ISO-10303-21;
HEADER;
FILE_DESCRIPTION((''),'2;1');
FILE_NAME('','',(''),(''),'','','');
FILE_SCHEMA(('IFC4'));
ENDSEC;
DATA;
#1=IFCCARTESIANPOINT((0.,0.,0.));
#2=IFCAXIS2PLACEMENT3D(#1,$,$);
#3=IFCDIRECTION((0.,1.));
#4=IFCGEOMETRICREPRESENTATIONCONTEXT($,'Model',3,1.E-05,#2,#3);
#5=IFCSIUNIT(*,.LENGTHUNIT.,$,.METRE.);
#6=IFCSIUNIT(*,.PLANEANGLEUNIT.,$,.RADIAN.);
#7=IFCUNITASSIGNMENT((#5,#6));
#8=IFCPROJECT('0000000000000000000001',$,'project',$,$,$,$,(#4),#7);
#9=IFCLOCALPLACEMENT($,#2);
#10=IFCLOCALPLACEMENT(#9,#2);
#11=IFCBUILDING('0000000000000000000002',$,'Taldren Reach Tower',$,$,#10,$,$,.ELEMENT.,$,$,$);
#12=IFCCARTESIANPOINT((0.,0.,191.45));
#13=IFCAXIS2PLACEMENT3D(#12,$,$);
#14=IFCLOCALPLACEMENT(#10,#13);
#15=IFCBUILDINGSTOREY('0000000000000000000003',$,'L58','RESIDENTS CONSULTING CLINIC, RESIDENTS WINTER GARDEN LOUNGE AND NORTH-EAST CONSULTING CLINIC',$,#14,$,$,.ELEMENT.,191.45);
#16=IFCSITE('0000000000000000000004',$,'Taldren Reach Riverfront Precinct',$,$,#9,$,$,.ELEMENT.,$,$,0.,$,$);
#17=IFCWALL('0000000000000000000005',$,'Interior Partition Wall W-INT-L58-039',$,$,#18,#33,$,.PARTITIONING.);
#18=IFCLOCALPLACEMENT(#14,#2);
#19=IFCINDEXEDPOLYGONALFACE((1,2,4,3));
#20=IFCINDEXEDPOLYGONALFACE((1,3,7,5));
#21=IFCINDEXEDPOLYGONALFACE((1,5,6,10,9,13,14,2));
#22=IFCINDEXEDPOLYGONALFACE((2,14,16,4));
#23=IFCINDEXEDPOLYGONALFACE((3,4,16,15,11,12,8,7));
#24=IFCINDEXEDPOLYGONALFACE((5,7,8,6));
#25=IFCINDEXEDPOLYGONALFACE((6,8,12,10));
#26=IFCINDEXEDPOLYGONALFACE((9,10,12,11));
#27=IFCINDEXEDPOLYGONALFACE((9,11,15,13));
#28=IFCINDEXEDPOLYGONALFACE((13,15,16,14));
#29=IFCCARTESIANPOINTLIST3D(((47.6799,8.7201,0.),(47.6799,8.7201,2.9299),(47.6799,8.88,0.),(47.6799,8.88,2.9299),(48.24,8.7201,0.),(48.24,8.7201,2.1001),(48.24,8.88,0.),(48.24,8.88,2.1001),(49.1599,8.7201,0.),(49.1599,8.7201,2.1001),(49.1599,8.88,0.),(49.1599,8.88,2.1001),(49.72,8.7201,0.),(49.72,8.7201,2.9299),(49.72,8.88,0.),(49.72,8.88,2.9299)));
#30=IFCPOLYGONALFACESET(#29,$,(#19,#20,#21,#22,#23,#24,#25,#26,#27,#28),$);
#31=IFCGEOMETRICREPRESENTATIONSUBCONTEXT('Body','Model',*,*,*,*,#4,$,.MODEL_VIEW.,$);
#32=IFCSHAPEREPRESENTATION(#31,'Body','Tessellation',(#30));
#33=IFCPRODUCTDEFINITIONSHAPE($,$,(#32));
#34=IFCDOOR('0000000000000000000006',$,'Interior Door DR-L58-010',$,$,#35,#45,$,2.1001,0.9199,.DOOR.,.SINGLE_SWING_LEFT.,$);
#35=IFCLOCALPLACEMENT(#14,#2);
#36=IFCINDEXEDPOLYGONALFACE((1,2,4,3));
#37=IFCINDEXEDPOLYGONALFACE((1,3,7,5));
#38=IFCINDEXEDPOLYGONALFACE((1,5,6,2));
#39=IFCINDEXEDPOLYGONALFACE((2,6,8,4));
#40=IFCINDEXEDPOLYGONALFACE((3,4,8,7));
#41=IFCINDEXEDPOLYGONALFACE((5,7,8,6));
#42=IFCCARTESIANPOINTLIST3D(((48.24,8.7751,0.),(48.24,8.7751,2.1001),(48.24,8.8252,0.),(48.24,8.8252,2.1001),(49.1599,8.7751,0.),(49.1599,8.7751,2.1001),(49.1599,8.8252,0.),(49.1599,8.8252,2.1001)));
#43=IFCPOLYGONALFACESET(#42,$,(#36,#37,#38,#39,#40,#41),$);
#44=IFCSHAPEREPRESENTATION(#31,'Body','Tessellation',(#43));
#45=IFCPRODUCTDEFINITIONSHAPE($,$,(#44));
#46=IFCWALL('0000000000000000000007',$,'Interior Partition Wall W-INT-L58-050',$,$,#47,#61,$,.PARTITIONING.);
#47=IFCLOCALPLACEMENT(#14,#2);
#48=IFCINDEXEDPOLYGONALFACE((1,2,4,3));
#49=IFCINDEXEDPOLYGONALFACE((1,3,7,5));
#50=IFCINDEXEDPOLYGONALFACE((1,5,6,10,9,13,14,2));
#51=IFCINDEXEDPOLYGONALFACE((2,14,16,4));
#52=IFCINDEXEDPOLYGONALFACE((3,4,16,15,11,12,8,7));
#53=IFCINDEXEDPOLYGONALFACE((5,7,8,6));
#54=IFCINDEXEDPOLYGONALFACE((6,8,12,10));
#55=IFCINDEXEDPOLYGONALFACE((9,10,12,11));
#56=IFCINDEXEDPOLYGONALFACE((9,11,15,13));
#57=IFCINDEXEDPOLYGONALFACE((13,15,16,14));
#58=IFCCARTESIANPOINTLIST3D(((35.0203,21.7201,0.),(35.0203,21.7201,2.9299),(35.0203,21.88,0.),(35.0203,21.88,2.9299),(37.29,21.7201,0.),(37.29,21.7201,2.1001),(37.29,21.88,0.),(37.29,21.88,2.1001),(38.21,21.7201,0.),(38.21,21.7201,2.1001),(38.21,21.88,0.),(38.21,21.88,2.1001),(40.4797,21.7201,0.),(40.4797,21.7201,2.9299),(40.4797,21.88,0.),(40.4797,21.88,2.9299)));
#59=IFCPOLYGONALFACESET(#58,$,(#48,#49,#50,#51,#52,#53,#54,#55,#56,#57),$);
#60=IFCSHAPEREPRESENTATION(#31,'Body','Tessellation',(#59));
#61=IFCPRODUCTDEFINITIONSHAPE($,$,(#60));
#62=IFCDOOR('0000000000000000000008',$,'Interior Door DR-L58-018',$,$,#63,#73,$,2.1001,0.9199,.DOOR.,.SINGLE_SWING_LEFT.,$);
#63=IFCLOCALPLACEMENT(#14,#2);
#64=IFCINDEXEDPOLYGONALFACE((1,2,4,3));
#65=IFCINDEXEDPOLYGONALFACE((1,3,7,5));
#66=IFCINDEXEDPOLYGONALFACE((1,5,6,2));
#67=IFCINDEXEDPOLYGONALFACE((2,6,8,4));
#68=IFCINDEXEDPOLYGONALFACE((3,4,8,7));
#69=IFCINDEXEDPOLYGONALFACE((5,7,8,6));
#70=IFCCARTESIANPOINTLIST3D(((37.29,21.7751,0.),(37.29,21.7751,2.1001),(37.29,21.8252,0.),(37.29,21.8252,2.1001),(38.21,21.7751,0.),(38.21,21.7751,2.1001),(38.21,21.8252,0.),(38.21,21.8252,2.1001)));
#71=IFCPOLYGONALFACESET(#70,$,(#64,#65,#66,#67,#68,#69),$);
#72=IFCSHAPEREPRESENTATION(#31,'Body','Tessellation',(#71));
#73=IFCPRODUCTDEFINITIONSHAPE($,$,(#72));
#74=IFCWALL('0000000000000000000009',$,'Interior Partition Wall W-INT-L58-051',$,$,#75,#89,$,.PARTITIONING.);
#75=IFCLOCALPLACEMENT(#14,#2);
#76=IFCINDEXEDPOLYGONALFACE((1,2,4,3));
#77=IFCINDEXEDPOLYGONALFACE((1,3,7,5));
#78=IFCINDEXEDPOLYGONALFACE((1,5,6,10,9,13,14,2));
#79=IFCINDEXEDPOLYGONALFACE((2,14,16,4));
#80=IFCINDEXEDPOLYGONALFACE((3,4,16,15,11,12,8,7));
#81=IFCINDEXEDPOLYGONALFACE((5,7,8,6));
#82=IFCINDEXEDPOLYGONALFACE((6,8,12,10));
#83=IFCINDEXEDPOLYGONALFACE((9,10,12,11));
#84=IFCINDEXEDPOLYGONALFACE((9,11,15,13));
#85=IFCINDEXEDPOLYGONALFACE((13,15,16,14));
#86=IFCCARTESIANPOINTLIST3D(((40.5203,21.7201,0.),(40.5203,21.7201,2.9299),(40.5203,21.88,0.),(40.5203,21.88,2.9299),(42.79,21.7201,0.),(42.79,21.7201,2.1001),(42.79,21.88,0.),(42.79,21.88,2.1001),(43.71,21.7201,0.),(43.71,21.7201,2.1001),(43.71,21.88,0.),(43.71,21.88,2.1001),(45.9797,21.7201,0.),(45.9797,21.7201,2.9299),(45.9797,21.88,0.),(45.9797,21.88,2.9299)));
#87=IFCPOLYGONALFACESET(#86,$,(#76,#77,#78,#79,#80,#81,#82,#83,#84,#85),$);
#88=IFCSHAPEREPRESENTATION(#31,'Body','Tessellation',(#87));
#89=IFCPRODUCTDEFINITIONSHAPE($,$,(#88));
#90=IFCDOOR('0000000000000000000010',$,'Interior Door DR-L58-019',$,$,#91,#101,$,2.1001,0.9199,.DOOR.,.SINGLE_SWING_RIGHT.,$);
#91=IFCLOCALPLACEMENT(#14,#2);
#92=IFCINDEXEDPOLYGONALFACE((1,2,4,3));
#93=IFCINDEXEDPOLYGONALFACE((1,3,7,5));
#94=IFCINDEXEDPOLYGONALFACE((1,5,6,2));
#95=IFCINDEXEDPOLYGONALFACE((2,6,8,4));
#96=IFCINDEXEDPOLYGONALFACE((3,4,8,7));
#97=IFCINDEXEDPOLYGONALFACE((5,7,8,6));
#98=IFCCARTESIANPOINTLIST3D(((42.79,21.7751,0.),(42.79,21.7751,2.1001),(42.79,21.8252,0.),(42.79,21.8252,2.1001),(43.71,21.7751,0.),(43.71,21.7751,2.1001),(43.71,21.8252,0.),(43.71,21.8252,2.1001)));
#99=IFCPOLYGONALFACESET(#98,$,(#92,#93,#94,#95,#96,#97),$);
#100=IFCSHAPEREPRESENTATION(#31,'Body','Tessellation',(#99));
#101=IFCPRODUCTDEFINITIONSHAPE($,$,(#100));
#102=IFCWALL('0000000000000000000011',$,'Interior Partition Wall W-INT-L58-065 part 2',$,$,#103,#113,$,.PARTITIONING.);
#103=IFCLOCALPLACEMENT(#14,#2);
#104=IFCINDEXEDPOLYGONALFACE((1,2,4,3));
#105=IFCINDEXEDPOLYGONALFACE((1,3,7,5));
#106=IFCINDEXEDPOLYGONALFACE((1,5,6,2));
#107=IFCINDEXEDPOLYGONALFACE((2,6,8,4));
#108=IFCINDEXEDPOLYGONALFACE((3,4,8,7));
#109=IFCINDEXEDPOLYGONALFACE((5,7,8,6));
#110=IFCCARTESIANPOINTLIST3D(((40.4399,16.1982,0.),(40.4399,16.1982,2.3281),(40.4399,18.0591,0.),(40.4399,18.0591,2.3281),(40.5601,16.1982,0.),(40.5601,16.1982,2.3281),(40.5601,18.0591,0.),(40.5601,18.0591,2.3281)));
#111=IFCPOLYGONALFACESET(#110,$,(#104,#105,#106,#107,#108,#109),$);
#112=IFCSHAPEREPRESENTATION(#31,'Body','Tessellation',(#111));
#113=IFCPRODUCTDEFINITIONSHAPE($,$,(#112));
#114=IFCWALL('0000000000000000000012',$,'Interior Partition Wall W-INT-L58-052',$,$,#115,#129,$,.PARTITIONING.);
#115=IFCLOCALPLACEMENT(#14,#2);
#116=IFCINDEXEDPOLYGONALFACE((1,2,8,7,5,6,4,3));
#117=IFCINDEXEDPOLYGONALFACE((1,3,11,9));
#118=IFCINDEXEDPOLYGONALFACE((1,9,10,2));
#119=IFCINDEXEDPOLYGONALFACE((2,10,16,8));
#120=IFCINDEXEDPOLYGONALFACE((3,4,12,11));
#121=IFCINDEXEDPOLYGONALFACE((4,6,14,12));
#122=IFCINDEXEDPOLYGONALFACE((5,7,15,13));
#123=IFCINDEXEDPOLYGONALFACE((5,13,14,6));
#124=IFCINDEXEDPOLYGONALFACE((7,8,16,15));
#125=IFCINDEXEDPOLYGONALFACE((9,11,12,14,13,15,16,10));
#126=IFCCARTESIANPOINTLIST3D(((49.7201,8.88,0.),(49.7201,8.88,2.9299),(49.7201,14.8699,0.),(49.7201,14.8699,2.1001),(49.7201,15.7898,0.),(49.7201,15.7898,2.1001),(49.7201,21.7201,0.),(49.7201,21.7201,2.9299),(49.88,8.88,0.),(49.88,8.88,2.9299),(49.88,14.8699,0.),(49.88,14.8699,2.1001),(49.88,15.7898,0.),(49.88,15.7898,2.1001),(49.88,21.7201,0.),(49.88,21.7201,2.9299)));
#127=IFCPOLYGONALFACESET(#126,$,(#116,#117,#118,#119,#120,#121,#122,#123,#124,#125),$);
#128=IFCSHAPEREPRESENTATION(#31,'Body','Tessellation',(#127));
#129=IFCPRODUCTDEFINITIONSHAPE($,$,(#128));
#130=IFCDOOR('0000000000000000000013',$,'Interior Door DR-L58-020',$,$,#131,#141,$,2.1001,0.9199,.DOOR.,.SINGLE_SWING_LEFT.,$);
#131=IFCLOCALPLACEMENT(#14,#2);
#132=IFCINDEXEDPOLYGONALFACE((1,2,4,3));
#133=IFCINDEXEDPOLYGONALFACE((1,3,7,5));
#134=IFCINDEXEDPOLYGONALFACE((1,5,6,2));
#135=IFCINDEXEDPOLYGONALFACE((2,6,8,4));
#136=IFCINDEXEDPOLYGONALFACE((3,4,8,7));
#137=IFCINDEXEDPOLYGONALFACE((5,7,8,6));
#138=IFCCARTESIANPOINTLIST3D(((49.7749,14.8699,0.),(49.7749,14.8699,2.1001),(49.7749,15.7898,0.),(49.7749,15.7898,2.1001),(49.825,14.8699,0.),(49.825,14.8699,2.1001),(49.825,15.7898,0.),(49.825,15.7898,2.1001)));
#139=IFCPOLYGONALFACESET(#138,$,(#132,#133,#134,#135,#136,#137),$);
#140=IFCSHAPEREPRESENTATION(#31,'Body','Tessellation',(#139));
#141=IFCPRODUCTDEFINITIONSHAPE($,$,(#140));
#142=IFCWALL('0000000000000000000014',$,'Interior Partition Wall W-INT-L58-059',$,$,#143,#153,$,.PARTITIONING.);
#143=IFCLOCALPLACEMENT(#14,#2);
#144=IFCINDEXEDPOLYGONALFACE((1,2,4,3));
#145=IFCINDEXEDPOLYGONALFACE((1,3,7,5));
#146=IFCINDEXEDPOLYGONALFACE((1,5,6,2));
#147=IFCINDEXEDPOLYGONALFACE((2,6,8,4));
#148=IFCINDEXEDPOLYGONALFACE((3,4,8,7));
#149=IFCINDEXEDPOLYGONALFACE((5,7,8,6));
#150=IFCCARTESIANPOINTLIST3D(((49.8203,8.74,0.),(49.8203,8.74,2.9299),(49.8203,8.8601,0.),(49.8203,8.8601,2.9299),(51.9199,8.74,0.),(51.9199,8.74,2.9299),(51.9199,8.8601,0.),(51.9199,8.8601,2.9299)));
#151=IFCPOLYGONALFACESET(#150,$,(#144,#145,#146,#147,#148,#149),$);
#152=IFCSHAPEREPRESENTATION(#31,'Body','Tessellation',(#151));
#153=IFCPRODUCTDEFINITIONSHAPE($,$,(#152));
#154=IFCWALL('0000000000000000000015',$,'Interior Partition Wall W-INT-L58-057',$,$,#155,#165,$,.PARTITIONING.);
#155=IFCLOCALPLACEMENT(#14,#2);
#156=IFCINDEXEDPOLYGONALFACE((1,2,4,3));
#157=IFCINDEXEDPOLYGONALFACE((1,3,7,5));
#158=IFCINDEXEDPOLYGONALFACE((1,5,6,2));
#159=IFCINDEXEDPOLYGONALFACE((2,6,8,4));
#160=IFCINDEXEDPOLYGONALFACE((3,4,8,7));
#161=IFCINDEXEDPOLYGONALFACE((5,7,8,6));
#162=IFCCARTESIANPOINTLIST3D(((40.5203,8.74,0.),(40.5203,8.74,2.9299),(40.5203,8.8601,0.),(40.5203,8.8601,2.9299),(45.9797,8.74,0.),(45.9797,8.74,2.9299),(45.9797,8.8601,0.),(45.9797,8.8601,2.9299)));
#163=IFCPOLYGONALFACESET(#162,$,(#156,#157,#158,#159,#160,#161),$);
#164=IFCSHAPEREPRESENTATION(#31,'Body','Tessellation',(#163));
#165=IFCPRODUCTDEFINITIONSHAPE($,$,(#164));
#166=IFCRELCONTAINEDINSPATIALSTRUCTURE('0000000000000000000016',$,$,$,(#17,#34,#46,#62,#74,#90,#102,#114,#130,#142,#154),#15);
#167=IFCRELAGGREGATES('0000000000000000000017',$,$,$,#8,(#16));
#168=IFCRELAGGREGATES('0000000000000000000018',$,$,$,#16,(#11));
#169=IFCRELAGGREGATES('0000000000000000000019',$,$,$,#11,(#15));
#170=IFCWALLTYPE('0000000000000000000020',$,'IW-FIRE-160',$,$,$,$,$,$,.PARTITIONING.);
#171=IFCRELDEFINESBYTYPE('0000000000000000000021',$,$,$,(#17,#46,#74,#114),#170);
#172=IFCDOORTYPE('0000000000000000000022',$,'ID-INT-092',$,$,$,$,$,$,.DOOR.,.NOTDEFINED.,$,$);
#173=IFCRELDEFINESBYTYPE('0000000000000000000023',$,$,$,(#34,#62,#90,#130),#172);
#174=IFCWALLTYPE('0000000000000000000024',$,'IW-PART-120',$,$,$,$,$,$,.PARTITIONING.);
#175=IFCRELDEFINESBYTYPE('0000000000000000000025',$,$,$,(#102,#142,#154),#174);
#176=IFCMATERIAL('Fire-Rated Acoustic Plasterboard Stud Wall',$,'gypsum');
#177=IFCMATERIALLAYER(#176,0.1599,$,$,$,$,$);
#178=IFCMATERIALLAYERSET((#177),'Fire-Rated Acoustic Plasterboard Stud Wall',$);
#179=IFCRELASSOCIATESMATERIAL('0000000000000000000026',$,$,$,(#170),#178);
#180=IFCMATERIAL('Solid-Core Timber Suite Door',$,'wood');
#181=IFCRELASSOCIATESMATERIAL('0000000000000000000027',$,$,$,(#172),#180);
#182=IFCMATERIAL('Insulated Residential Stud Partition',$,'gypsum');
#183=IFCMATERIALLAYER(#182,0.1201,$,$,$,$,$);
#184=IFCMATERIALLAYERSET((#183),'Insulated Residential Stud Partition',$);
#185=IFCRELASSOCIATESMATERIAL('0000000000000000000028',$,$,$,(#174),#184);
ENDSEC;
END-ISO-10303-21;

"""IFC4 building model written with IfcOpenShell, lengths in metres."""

from ifc_helpers import new_model, si_unit, direction, frame, frame_2d, origin, place, context, subcontext, project, spatial, rectangle, extrude, source, transform, mapped, material, layer, layer_set, type_object, element, fill, save


model = new_model("IFC4")

# Units and contexts
model_context = context("Model", 3, precision=1e-05, world=origin(), true_north=direction((0.0, 1.0)))
body_context = subcontext(model_context, "Body", "Model", "MODEL_VIEW")
ifc_project = project(units=[si_unit("LENGTHUNIT", "METRE"), si_unit("PLANEANGLEUNIT", "RADIAN")], contexts=[model_context])

# Site, building, storey
site_placement = place(None, origin())
site = spatial("IfcSite", under=ifc_project, at=site_placement, Name="Taldren Reach Riverfront Precinct", CompositionType="ELEMENT", RefElevation=0.0)
building_placement = place(site_placement, origin())
building = spatial("IfcBuilding", under=site, at=building_placement, Name="Taldren Reach Tower", CompositionType="ELEMENT")
storey_placement = place(building_placement, frame((0.0, 0.0, 191.45)))
storey = spatial("IfcBuildingStorey", under=building, at=storey_placement, Name="L58", Description="RESIDENTS CONSULTING CLINIC, RESIDENTS WINTER GARDEN LOUNGE AND NORTH-EAST CONSULTING CLINIC", CompositionType="ELEMENT", Elevation=191.45)

# Walls, openings, doors
ifc_material_1 = material(Name="Fire-Rated Acoustic Plasterboard Stud Wall", Category="gypsum")
ifc_layer_1 = layer(ifc_material_1, 0.1599)
ifc_layer_set_1 = layer_set([ifc_layer_1], Name="Fire-Rated Acoustic Plasterboard Stud Wall")
wall_type_1 = type_object("IfcWallType", Name="IW-FIRE-160", PredefinedType="PARTITIONING", material=ifc_layer_set_1)
shared_shape_1 = source(origin(), body_context, "Body", "SweptSolid", [
    extrude(rectangle(XDim=2.04, YDim=0.1599, at=frame_2d((1.02, 0.0))), origin(), (0.0, 0.0, 1.0), 2.9299),
])
wall_1_placement = place(storey_placement, frame((49.72, 8.8, 0.0), z_axis=(0.0, 0.0, 1.0), x_axis=(-1.0, 0.0, 0.0)))
wall_1 = element("IfcWall", 1, at=wall_1_placement, inside=storey, type_object=wall_type_1, Name="Interior Partition Wall W-INT-L58-039", PredefinedType="PARTITIONING", context=body_context, shape_type="MappedRepresentation", body=[
    mapped(shared_shape_1, transform((0.0, 0.0, 0.0), scale=1.0)),
])
shared_shape_2 = source(origin(), body_context, "Body", "SweptSolid", [
    extrude(rectangle(XDim=0.9199, YDim=2.1001, at=frame_2d((0.46, 1.05))), frame((0.0, 0.0898, 0.0), z_axis=(0.0, -1.0, 0.0), x_axis=(1.0, 0.0, 0.0)), (0.0, 0.0, 1.0), 0.1799),
])
opening_1_placement = place(wall_1_placement, frame((0.5601, 0.0, 0.0)))
opening_1 = element("IfcOpeningElement", 2, at=opening_1_placement, cuts=wall_1, PredefinedType="OPENING", context=body_context, shape_type="MappedRepresentation", body=[
    mapped(shared_shape_2, transform((0.0, 0.0, 0.0), scale=1.0)),
])
ifc_material_2 = material(Name="Solid-Core Timber Suite Door", Category="wood")
door_type = type_object("IfcDoorType", Name="ID-INT-092", OperationType="NOTDEFINED", PredefinedType="DOOR", material=ifc_material_2)
shared_shape_3 = source(origin(), body_context, "Body", "SweptSolid", [
    extrude(rectangle(XDim=0.9199, YDim=2.1001, at=frame_2d((0.46, 1.05))), frame((0.0, 0.0249, 0.0), z_axis=(0.0, -1.0, 0.0), x_axis=(1.0, 0.0, 0.0)), (0.0, 0.0, 1.0), 0.05),
])
door_1_placement = place(opening_1_placement, origin())
door_1 = element("IfcDoor", 3, at=door_1_placement, inside=storey, type_object=door_type, Name="Interior Door DR-L58-010", OperationType="SINGLE_SWING_LEFT", OverallHeight=2.1001, OverallWidth=0.9199, PredefinedType="DOOR", context=body_context, shape_type="MappedRepresentation", body=[
    mapped(shared_shape_3, transform((0.0, 0.0, 0.0), scale=1.0)),
])
fill(opening_1, door_1)
shared_shape_4 = source(origin(), body_context, "Body", "SweptSolid", [
    extrude(rectangle(XDim=5.4595, YDim=0.1599, at=frame_2d((2.7297, 0.0))), origin(), (0.0, 0.0, 1.0), 2.9299),
])
wall_2_placement = place(storey_placement, frame((40.4797, 21.8, 0.0), z_axis=(0.0, 0.0, 1.0), x_axis=(-1.0, 0.0, 0.0)))
wall_2 = element("IfcWall", 4, at=wall_2_placement, inside=storey, type_object=wall_type_1, Name="Interior Partition Wall W-INT-L58-050", PredefinedType="PARTITIONING", context=body_context, shape_type="MappedRepresentation", body=[
    mapped(shared_shape_4, transform((0.0, 0.0, 0.0), scale=1.0)),
])
opening_2_placement = place(wall_2_placement, frame((2.2698, 0.0, 0.0)))
opening_2 = element("IfcOpeningElement", 5, at=opening_2_placement, cuts=wall_2, PredefinedType="OPENING", context=body_context, shape_type="MappedRepresentation", body=[
    mapped(shared_shape_2, transform((0.0, 0.0, 0.0), scale=1.0)),
])
door_2_placement = place(opening_2_placement, origin())
door_2 = element("IfcDoor", 6, at=door_2_placement, inside=storey, type_object=door_type, Name="Interior Door DR-L58-018", OperationType="SINGLE_SWING_LEFT", OverallHeight=2.1001, OverallWidth=0.9199, PredefinedType="DOOR", context=body_context, shape_type="MappedRepresentation", body=[
    mapped(shared_shape_3, transform((0.0, 0.0, 0.0), scale=1.0)),
])
fill(opening_2, door_2)
wall_3_placement = place(storey_placement, frame((45.9797, 21.8, 0.0), z_axis=(0.0, 0.0, 1.0), x_axis=(-1.0, 0.0, 0.0)))
wall_3 = element("IfcWall", 7, at=wall_3_placement, inside=storey, type_object=wall_type_1, Name="Interior Partition Wall W-INT-L58-051", PredefinedType="PARTITIONING", context=body_context, shape_type="MappedRepresentation", body=[
    mapped(shared_shape_4, transform((0.0, 0.0, 0.0), scale=1.0)),
])
opening_3_placement = place(wall_3_placement, frame((2.2698, 0.0, 0.0)))
opening_3 = element("IfcOpeningElement", 8, at=opening_3_placement, cuts=wall_3, PredefinedType="OPENING", context=body_context, shape_type="MappedRepresentation", body=[
    mapped(shared_shape_2, transform((0.0, 0.0, 0.0), scale=1.0)),
])
door_3_placement = place(opening_3_placement, origin())
door_3 = element("IfcDoor", 9, at=door_3_placement, inside=storey, type_object=door_type, Name="Interior Door DR-L58-019", OperationType="SINGLE_SWING_RIGHT", OverallHeight=2.1001, OverallWidth=0.9199, PredefinedType="DOOR", context=body_context, shape_type="MappedRepresentation", body=[
    mapped(shared_shape_3, transform((0.0, 0.0, 0.0), scale=1.0)),
])
fill(opening_3, door_3)

# Wall
ifc_material_3 = material(Name="Insulated Residential Stud Partition", Category="gypsum")
ifc_layer_2 = layer(ifc_material_3, 0.1201)
ifc_layer_set_2 = layer_set([ifc_layer_2], Name="Insulated Residential Stud Partition")
wall_type_2 = type_object("IfcWallType", Name="IW-PART-120", PredefinedType="PARTITIONING", material=ifc_layer_set_2)
shared_shape_5 = source(origin(), body_context, "Body", "SweptSolid", [
    extrude(rectangle(XDim=1.8608, YDim=0.1201, at=frame_2d((0.9304, 0.0))), origin(), (0.0, 0.0, 1.0), 2.3281),
])
wall_4_placement = place(storey_placement, frame((40.5, 18.0591, 0.0), z_axis=(0.0, 0.0, 1.0), x_axis=(0.0, -1.0, 0.0)))
element("IfcWall", 10, at=wall_4_placement, inside=storey, type_object=wall_type_2, Name="Interior Partition Wall W-INT-L58-065 part 2", PredefinedType="PARTITIONING", context=body_context, shape_type="MappedRepresentation", body=[
    mapped(shared_shape_5, transform((0.0, 0.0, 0.0), scale=1.0)),
])

# Wall, opening, door
shared_shape_6 = source(origin(), body_context, "Body", "SweptSolid", [
    extrude(rectangle(XDim=12.8401, YDim=0.1599, at=frame_2d((6.4199, 0.0))), origin(), (0.0, 0.0, 1.0), 2.9299),
])
wall_5_placement = place(storey_placement, frame((49.8, 21.72, 0.0), z_axis=(0.0, 0.0, 1.0), x_axis=(0.0, -1.0, 0.0)))
wall_5 = element("IfcWall", 11, at=wall_5_placement, inside=storey, type_object=wall_type_1, Name="Interior Partition Wall W-INT-L58-052", PredefinedType="PARTITIONING", context=body_context, shape_type="MappedRepresentation", body=[
    mapped(shared_shape_6, transform((0.0, 0.0, 0.0), scale=1.0)),
])
opening_4_placement = place(wall_5_placement, frame((5.9302, 0.0, 0.0)))
opening_4 = element("IfcOpeningElement", 12, at=opening_4_placement, cuts=wall_5, PredefinedType="OPENING", context=body_context, shape_type="MappedRepresentation", body=[
    mapped(shared_shape_2, transform((0.0, 0.0, 0.0), scale=1.0)),
])
door_4_placement = place(opening_4_placement, origin())
door_4 = element("IfcDoor", 13, at=door_4_placement, inside=storey, type_object=door_type, Name="Interior Door DR-L58-020", OperationType="SINGLE_SWING_LEFT", OverallHeight=2.1001, OverallWidth=0.9199, PredefinedType="DOOR", context=body_context, shape_type="MappedRepresentation", body=[
    mapped(shared_shape_3, transform((0.0, 0.0, 0.0), scale=1.0)),
])
fill(opening_4, door_4)

# Walls
shared_shape_7 = source(origin(), body_context, "Body", "SweptSolid", [
    extrude(rectangle(XDim=2.0996, YDim=0.1201, at=frame_2d((1.0498, 0.0))), origin(), (0.0, 0.0, 1.0), 2.9299),
])
wall_6_placement = place(storey_placement, frame((49.8203, 8.8, 0.0), z_axis=(0.0, 0.0, 1.0), x_axis=(1.0, 0.0, 0.0)))
element("IfcWall", 14, at=wall_6_placement, inside=storey, type_object=wall_type_2, Name="Interior Partition Wall W-INT-L58-059", PredefinedType="PARTITIONING", context=body_context, shape_type="MappedRepresentation", body=[
    mapped(shared_shape_7, transform((0.0, 0.0, 0.0), scale=1.0)),
])
shared_shape_8 = source(origin(), body_context, "Body", "SweptSolid", [
    extrude(rectangle(XDim=5.4595, YDim=0.1201, at=frame_2d((2.7297, 0.0))), origin(), (0.0, 0.0, 1.0), 2.9299),
])
wall_7_placement = place(storey_placement, frame((40.5203, 8.8, 0.0), z_axis=(0.0, 0.0, 1.0), x_axis=(1.0, 0.0, 0.0)))
element("IfcWall", 15, at=wall_7_placement, inside=storey, type_object=wall_type_2, Name="Interior Partition Wall W-INT-L58-057", PredefinedType="PARTITIONING", context=body_context, shape_type="MappedRepresentation", body=[
    mapped(shared_shape_8, transform((0.0, 0.0, 0.0), scale=1.0)),
])

save(model, "model.ifc")
